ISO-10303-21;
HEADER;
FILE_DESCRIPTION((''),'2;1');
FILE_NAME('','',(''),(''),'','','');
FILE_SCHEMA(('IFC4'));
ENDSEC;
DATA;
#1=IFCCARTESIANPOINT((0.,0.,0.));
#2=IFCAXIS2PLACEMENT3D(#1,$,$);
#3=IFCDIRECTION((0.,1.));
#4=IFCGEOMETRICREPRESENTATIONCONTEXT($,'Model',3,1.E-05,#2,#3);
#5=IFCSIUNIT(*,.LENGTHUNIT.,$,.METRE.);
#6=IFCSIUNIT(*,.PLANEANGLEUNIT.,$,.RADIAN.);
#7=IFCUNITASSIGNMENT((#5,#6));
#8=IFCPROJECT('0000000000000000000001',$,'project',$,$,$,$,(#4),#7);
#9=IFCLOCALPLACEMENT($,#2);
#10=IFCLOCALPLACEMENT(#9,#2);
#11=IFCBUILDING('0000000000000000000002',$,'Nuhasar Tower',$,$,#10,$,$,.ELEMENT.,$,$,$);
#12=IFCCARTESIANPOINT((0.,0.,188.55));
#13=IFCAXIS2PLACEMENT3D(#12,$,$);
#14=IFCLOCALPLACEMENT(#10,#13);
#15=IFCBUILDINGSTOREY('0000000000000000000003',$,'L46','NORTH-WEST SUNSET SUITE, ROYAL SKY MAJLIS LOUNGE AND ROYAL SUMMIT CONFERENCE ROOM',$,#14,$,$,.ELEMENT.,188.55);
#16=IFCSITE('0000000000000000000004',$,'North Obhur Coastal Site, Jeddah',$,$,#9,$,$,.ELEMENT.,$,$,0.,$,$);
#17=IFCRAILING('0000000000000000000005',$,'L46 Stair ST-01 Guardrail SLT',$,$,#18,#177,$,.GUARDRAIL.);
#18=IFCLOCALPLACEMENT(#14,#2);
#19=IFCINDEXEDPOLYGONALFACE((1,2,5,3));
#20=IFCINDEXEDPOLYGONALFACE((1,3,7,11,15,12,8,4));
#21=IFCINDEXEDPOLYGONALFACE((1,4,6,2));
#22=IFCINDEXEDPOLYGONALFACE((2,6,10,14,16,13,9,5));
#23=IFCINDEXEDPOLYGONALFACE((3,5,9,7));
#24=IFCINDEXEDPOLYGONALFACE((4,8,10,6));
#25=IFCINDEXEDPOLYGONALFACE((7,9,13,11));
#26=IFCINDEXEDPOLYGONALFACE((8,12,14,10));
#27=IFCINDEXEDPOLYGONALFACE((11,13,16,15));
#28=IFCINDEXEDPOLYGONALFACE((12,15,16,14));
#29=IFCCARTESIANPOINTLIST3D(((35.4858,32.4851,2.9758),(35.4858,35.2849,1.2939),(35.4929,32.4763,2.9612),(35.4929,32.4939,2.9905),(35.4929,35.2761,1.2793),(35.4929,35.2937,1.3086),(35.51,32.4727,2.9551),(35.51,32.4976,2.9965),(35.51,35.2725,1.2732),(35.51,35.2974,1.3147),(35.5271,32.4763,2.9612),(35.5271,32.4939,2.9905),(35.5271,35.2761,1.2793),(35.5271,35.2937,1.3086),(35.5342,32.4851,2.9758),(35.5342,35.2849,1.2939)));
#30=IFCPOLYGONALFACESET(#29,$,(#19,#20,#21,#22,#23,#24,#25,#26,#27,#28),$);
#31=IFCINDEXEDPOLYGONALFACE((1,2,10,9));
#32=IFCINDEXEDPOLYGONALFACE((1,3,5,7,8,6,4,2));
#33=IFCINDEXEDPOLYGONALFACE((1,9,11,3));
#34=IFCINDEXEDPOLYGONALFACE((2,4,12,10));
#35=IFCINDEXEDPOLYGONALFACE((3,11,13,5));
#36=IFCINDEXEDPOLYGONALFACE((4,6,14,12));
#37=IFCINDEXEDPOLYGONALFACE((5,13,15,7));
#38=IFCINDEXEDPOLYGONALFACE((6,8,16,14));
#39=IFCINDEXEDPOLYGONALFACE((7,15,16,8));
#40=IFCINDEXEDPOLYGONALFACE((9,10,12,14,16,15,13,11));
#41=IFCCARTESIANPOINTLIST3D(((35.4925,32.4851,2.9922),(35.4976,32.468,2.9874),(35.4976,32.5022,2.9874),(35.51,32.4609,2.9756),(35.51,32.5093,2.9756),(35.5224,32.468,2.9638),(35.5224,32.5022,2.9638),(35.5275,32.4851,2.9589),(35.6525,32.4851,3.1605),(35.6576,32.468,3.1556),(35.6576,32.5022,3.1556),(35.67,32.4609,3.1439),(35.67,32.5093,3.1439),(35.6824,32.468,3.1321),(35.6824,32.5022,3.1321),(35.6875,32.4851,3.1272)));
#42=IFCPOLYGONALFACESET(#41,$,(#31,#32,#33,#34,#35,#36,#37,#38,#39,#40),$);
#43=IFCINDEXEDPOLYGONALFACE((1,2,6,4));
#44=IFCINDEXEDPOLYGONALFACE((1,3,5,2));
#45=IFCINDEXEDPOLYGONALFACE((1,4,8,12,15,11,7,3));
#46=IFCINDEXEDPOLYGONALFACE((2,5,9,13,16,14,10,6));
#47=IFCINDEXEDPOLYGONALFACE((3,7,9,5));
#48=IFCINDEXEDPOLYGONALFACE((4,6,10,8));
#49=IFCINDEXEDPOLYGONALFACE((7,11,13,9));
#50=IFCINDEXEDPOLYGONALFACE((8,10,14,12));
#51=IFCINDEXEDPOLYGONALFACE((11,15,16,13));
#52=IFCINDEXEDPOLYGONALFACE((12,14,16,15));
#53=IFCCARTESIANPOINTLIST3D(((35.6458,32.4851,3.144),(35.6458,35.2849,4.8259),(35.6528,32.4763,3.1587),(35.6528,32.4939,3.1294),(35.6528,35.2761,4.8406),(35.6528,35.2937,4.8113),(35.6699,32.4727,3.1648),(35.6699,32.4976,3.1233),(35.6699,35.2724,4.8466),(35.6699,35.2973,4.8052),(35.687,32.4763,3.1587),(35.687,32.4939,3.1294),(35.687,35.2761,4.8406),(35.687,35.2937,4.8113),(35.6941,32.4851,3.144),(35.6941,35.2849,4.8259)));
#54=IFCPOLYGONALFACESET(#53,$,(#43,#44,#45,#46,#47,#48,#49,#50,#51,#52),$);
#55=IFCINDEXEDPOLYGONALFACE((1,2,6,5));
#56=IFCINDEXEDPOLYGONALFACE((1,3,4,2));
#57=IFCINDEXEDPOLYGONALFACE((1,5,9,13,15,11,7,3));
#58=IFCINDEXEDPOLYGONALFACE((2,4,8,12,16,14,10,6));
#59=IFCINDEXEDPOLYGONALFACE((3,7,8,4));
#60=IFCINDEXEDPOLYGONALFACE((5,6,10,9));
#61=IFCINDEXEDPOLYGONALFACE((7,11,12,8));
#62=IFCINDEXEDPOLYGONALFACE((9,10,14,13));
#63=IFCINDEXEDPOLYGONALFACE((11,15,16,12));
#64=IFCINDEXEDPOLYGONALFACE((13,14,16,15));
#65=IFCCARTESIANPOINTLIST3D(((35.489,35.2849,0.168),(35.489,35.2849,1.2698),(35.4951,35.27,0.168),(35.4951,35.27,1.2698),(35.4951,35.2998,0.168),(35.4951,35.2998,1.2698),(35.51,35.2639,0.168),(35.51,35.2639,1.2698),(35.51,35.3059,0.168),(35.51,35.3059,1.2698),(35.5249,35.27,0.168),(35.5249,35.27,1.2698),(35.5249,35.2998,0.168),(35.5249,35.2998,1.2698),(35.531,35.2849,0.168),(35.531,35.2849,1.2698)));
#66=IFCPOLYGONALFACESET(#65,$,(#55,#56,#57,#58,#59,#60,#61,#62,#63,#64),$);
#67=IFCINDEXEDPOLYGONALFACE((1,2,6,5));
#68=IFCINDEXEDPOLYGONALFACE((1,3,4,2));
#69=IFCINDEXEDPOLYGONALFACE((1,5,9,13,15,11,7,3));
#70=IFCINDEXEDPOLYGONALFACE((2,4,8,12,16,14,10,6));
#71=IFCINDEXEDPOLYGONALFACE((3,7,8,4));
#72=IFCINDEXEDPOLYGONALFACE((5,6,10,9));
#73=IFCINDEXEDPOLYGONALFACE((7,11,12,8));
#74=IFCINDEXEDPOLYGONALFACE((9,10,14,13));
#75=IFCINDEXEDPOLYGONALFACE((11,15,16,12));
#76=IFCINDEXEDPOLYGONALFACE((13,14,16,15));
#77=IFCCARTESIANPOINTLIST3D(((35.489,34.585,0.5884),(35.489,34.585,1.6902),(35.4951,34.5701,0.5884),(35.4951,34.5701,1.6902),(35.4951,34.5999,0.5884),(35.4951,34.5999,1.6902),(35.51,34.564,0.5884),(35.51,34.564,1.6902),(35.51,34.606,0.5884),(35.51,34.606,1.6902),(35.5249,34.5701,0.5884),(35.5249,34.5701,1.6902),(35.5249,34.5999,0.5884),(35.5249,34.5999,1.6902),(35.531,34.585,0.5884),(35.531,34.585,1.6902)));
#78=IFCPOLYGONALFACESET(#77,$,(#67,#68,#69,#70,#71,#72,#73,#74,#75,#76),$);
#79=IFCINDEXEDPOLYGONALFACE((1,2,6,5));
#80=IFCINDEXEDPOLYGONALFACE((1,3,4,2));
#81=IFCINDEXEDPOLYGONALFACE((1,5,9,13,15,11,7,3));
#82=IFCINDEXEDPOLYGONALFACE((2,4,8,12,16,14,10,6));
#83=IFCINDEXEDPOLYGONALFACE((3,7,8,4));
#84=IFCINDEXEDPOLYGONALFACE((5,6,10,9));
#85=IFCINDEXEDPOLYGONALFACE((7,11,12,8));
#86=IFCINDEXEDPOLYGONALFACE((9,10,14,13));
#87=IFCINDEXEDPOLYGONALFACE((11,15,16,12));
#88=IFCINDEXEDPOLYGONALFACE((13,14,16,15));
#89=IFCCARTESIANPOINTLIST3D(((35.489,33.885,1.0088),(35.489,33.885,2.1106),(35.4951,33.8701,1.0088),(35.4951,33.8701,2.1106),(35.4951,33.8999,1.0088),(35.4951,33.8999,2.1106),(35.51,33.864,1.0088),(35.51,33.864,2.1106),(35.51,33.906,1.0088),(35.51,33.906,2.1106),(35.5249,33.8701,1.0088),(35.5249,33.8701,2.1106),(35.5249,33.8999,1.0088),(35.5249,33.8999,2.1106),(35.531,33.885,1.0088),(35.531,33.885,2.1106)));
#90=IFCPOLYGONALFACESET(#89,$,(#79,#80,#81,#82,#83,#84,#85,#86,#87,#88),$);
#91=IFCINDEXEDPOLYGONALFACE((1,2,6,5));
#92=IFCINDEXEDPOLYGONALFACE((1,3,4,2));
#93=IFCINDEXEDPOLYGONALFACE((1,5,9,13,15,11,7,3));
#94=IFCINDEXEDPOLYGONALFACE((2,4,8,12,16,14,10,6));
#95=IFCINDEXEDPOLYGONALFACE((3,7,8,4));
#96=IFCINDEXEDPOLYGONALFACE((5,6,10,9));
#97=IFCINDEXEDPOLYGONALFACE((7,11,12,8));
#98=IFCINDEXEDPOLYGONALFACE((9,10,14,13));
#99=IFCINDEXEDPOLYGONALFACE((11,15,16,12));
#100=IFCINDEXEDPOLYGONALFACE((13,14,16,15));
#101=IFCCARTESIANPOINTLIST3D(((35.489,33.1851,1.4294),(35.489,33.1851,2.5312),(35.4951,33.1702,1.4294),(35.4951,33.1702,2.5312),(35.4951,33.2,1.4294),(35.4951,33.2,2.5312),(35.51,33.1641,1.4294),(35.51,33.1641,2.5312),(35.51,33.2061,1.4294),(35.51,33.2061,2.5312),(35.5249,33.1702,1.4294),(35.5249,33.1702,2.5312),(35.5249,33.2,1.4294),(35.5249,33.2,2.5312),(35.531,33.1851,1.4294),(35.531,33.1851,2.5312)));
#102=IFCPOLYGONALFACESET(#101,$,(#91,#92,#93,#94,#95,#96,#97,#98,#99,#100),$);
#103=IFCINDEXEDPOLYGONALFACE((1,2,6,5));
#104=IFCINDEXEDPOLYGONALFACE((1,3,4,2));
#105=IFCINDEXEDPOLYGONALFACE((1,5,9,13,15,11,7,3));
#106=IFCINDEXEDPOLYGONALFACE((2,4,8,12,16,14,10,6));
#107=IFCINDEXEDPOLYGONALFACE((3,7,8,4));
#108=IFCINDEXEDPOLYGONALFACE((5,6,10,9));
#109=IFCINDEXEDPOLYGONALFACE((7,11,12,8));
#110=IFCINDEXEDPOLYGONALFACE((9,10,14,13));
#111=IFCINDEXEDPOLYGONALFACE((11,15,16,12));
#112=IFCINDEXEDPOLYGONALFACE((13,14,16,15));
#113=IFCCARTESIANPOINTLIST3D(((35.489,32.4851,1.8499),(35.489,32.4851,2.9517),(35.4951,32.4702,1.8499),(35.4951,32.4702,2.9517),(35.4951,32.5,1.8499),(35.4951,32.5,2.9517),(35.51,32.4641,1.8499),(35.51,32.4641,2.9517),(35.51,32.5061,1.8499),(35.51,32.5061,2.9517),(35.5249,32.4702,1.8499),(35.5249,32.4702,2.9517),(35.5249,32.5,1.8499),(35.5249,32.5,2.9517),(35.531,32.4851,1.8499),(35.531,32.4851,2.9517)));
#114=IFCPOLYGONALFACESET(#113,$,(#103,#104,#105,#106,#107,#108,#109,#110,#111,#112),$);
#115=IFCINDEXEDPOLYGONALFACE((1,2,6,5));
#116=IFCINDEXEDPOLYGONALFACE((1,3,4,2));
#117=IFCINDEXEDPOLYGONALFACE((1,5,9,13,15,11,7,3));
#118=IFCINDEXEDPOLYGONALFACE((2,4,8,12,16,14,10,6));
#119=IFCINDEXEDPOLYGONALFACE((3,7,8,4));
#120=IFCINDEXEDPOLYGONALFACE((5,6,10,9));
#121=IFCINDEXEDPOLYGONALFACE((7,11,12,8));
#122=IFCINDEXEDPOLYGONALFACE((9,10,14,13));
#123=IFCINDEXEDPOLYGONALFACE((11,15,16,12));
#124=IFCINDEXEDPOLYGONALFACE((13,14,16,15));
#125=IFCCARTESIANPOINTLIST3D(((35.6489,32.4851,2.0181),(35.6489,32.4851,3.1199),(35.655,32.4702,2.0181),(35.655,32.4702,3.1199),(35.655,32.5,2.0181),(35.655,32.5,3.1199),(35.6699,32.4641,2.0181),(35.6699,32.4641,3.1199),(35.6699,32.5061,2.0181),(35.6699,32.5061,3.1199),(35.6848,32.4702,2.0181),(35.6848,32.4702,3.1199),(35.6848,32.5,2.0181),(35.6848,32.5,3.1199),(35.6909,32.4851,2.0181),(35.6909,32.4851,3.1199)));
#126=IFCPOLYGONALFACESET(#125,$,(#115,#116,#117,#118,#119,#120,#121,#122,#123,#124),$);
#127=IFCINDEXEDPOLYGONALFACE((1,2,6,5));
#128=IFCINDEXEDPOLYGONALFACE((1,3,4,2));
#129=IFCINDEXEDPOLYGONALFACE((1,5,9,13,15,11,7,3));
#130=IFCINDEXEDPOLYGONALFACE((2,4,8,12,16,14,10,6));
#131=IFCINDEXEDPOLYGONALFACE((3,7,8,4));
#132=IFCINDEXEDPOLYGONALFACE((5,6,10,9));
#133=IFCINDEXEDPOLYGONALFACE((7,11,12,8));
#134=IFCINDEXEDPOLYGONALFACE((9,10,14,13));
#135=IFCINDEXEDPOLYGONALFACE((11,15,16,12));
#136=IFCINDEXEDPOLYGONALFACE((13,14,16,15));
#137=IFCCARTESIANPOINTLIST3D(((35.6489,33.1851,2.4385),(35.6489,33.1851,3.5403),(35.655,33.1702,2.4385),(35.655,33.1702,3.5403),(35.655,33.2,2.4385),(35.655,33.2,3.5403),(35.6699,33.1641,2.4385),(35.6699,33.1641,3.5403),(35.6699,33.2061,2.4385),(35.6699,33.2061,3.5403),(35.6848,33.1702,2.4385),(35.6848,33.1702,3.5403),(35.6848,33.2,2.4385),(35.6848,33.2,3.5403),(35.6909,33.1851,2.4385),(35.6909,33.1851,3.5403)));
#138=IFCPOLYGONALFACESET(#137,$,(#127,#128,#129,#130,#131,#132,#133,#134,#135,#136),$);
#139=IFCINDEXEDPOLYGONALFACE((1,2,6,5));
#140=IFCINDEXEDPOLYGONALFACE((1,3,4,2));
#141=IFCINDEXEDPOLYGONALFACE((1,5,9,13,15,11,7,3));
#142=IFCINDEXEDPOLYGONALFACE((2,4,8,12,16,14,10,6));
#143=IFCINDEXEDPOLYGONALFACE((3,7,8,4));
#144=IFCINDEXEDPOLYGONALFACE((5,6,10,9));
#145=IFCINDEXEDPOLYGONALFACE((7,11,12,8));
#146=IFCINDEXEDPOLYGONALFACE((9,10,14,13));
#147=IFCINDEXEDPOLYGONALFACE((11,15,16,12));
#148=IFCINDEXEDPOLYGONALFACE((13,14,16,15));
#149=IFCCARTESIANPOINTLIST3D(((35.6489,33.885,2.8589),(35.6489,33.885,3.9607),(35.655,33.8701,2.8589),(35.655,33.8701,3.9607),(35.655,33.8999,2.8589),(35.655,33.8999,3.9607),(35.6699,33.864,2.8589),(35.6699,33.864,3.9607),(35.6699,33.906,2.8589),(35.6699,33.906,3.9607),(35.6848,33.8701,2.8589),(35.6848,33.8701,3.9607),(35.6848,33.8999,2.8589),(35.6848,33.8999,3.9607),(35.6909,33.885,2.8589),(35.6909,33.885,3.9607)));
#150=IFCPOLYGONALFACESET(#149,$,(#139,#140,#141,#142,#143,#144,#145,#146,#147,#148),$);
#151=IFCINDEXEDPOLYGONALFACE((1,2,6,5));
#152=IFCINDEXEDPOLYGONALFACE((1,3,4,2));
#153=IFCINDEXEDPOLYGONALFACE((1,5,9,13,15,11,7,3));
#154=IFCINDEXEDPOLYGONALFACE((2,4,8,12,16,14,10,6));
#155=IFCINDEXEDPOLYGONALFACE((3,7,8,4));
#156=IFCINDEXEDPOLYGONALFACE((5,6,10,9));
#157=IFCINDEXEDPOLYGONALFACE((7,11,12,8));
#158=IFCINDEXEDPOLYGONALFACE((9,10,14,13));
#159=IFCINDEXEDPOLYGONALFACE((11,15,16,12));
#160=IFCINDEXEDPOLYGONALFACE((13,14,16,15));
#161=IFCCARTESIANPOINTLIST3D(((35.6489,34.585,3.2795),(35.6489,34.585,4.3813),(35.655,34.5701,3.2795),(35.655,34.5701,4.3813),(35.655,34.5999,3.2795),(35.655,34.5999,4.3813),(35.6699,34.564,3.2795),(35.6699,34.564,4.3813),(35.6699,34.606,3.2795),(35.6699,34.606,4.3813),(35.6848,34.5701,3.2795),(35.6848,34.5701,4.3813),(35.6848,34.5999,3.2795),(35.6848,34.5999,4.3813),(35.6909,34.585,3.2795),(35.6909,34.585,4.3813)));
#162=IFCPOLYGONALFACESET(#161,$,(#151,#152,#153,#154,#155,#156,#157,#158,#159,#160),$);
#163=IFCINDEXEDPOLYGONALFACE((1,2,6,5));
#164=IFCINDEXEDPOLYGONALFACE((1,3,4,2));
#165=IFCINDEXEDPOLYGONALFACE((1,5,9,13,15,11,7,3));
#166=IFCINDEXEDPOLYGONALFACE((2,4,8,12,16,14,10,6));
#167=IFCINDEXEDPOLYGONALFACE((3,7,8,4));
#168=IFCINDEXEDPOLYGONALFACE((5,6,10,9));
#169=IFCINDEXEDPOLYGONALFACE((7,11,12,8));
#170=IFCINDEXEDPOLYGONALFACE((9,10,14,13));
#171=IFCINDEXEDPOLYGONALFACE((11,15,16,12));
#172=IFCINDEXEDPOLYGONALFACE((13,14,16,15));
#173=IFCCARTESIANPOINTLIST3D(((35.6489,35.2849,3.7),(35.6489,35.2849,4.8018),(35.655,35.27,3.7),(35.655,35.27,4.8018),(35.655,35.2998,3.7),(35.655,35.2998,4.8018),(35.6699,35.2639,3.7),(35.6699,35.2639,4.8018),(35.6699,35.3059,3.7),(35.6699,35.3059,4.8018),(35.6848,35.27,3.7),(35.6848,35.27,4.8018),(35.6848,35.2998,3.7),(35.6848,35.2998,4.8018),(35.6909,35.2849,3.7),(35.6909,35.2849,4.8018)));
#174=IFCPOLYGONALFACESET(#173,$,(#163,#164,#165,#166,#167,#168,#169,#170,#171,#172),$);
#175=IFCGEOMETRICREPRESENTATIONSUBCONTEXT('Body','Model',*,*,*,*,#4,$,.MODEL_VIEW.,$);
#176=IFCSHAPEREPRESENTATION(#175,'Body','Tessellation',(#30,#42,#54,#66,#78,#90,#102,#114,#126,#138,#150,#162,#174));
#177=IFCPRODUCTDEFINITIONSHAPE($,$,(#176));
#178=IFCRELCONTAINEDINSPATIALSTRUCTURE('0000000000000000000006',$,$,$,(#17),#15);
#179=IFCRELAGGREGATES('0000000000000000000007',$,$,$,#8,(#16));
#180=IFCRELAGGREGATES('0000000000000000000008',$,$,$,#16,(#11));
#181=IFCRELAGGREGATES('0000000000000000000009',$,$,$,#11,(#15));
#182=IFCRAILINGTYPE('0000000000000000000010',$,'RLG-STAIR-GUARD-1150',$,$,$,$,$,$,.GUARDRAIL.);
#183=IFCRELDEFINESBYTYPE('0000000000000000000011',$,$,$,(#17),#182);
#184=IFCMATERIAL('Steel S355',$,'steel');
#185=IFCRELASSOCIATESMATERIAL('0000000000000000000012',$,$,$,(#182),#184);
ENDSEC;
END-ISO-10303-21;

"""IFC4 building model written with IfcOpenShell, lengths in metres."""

from ifc_helpers import new_model, si_unit, direction, frame, origin, place, context, subcontext, project, spatial, polyline, outline, extrude, material, type_object, element, save


model = new_model("IFC4")

# Units and contexts
model_context = context("Model", 3, precision=1e-05, world=origin(), true_north=direction((0.0, 1.0)))
body_context = subcontext(model_context, "Body", "Model", "MODEL_VIEW")
ifc_project = project(units=[si_unit("LENGTHUNIT", "METRE"), si_unit("PLANEANGLEUNIT", "RADIAN")], contexts=[model_context])

# Site, building, storey
site_placement = place(None, origin())
site = spatial("IfcSite", under=ifc_project, at=site_placement, Name="North Obhur Coastal Site, Jeddah", CompositionType="ELEMENT", RefElevation=0.0)
building_placement = place(site_placement, origin())
building = spatial("IfcBuilding", under=site, at=building_placement, Name="Nuhasar Tower", CompositionType="ELEMENT")
storey_placement = place(building_placement, frame((0.0, 0.0, 188.55)))
storey = spatial("IfcBuildingStorey", under=building, at=storey_placement, Name="L46", Description="NORTH-WEST SUNSET SUITE, ROYAL SKY MAJLIS LOUNGE AND ROYAL SUMMIT CONFERENCE ROOM", CompositionType="ELEMENT", Elevation=188.55)

# Shared definitions
ifc_material_1 = material(Name="Steel S355", Category="steel")

# Railing
railing_type_1 = type_object("IfcRailingType", Name="RLG-STAIR-GUARD-1150", PredefinedType="GUARDRAIL", material=ifc_material_1)
railing_1_placement = place(storey_placement, frame((35.51, 35.2849, 0.168)))
element("IfcRailing", 1, at=railing_1_placement, inside=storey, type_object=railing_type_1, Name="L46 Stair ST-01 Guardrail SLT", PredefinedType="GUARDRAIL", context=body_context, shape_type="SweptSolid", body=[
    extrude(outline(polyline([(0.0242, 0.0), (0.0171, 0.0171), (0.0, 0.0242), (-0.0171, 0.0171), (-0.0242, 0.0), (-0.0171, -0.0171), (0.0, -0.0242), (0.0171, -0.0171), (0.0242, 0.0)])), frame((0.0, 0.0, 1.126), z_axis=(0.0, -0.857222, 0.514946), x_axis=(1.0, 0.0, 0.0)), (0.0, 0.0, 1.0), 3.2661),
    extrude(outline(polyline([(0.0242, 0.0), (0.0171, 0.0171), (0.0, 0.0242), (-0.0171, 0.0171), (-0.0242, 0.0), (-0.0171, -0.0171), (0.0, -0.0242), (0.0171, -0.0171), (0.0242, 0.0)])), frame((0.0, -2.7998, 2.8076), z_axis=(0.688998, 0.0, 0.724763), x_axis=(0.0, 1.0, 0.0)), (0.0, 0.0, 1.0), 0.2322),
    extrude(outline(polyline([(0.0242, 0.0), (0.0171, 0.0171), (0.0, 0.0242), (-0.0171, 0.0171), (-0.0242, 0.0), (-0.0171, -0.0171), (0.0, -0.0242), (0.0171, -0.0171), (0.0242, 0.0)])), frame((0.1599, -2.7998, 2.9761), z_axis=(0.0, 0.857222, 0.514946), x_axis=(-1.0, 0.0, 0.0)), (0.0, 0.0, 1.0), 3.2661),
    extrude(outline(polyline([(0.021, 0.0), (0.0149, 0.0149), (0.0, 0.021), (-0.0149, 0.0149), (-0.021, 0.0), (-0.0149, -0.0149), (0.0, -0.021), (0.0149, -0.0149), (0.021, 0.0)])), origin(), (0.0, 0.0, 1.0), 1.1018),
    extrude(outline(polyline([(0.021, 0.0), (0.0149, 0.0149), (0.0, 0.021), (-0.0149, 0.0149), (-0.021, 0.0), (-0.0149, -0.0149), (0.0, -0.021), (0.0149, -0.0149), (0.021, 0.0)])), frame((0.0, -0.7, 0.4204)), (0.0, 0.0, 1.0), 1.1018),
    extrude(outline(polyline([(0.021, 0.0), (0.0149, 0.0149), (0.0, 0.021), (-0.0149, 0.0149), (-0.021, 0.0), (-0.0149, -0.0149), (0.0, -0.021), (0.0149, -0.0149), (0.021, 0.0)])), frame((0.0, -1.3999, 0.8408)), (0.0, 0.0, 1.0), 1.1018),
    extrude(outline(polyline([(0.021, 0.0), (0.0149, 0.0149), (0.0, 0.021), (-0.0149, 0.0149), (-0.021, 0.0), (-0.0149, -0.0149), (0.0, -0.021), (0.0149, -0.0149), (0.021, 0.0)])), frame((0.0, -2.0999, 1.2615)), (0.0, 0.0, 1.0), 1.1018),
    extrude(outline(polyline([(0.021, 0.0), (0.0149, 0.0149), (0.0, 0.021), (-0.0149, 0.0149), (-0.021, 0.0), (-0.0149, -0.0149), (0.0, -0.021), (0.0149, -0.0149), (0.021, 0.0)])), frame((0.0, -2.7998, 1.6819)), (0.0, 0.0, 1.0), 1.1018),
    extrude(outline(polyline([(0.021, 0.0), (0.0149, 0.0149), (0.0, 0.021), (-0.0149, 0.0149), (-0.021, 0.0), (-0.0149, -0.0149), (0.0, -0.021), (0.0149, -0.0149), (0.021, 0.0)])), frame((0.1599, -2.7998, 1.8501)), (0.0, 0.0, 1.0), 1.1018),
    extrude(outline(polyline([(0.021, 0.0), (0.0149, 0.0149), (0.0, 0.021), (-0.0149, 0.0149), (-0.021, 0.0), (-0.0149, -0.0149), (0.0, -0.021), (0.0149, -0.0149), (0.021, 0.0)])), frame((0.1599, -2.0999, 2.2705)), (0.0, 0.0, 1.0), 1.1018),
    extrude(outline(polyline([(0.021, 0.0), (0.0149, 0.0149), (0.0, 0.021), (-0.0149, 0.0149), (-0.021, 0.0), (-0.0149, -0.0149), (0.0, -0.021), (0.0149, -0.0149), (0.021, 0.0)])), frame((0.1599, -1.3999, 2.6909)), (0.0, 0.0, 1.0), 1.1018),
    extrude(outline(polyline([(0.021, 0.0), (0.0149, 0.0149), (0.0, 0.021), (-0.0149, 0.0149), (-0.021, 0.0), (-0.0149, -0.0149), (0.0, -0.021), (0.0149, -0.0149), (0.021, 0.0)])), frame((0.1599, -0.7, 3.1116)), (0.0, 0.0, 1.0), 1.1018),
    extrude(outline(polyline([(0.021, 0.0), (0.0149, 0.0149), (0.0, 0.021), (-0.0149, 0.0149), (-0.021, 0.0), (-0.0149, -0.0149), (0.0, -0.021), (0.0149, -0.0149), (0.021, 0.0)])), frame((0.1599, 0.0, 3.532)), (0.0, 0.0, 1.0), 1.1018),
])

save(model, "model.ifc")
